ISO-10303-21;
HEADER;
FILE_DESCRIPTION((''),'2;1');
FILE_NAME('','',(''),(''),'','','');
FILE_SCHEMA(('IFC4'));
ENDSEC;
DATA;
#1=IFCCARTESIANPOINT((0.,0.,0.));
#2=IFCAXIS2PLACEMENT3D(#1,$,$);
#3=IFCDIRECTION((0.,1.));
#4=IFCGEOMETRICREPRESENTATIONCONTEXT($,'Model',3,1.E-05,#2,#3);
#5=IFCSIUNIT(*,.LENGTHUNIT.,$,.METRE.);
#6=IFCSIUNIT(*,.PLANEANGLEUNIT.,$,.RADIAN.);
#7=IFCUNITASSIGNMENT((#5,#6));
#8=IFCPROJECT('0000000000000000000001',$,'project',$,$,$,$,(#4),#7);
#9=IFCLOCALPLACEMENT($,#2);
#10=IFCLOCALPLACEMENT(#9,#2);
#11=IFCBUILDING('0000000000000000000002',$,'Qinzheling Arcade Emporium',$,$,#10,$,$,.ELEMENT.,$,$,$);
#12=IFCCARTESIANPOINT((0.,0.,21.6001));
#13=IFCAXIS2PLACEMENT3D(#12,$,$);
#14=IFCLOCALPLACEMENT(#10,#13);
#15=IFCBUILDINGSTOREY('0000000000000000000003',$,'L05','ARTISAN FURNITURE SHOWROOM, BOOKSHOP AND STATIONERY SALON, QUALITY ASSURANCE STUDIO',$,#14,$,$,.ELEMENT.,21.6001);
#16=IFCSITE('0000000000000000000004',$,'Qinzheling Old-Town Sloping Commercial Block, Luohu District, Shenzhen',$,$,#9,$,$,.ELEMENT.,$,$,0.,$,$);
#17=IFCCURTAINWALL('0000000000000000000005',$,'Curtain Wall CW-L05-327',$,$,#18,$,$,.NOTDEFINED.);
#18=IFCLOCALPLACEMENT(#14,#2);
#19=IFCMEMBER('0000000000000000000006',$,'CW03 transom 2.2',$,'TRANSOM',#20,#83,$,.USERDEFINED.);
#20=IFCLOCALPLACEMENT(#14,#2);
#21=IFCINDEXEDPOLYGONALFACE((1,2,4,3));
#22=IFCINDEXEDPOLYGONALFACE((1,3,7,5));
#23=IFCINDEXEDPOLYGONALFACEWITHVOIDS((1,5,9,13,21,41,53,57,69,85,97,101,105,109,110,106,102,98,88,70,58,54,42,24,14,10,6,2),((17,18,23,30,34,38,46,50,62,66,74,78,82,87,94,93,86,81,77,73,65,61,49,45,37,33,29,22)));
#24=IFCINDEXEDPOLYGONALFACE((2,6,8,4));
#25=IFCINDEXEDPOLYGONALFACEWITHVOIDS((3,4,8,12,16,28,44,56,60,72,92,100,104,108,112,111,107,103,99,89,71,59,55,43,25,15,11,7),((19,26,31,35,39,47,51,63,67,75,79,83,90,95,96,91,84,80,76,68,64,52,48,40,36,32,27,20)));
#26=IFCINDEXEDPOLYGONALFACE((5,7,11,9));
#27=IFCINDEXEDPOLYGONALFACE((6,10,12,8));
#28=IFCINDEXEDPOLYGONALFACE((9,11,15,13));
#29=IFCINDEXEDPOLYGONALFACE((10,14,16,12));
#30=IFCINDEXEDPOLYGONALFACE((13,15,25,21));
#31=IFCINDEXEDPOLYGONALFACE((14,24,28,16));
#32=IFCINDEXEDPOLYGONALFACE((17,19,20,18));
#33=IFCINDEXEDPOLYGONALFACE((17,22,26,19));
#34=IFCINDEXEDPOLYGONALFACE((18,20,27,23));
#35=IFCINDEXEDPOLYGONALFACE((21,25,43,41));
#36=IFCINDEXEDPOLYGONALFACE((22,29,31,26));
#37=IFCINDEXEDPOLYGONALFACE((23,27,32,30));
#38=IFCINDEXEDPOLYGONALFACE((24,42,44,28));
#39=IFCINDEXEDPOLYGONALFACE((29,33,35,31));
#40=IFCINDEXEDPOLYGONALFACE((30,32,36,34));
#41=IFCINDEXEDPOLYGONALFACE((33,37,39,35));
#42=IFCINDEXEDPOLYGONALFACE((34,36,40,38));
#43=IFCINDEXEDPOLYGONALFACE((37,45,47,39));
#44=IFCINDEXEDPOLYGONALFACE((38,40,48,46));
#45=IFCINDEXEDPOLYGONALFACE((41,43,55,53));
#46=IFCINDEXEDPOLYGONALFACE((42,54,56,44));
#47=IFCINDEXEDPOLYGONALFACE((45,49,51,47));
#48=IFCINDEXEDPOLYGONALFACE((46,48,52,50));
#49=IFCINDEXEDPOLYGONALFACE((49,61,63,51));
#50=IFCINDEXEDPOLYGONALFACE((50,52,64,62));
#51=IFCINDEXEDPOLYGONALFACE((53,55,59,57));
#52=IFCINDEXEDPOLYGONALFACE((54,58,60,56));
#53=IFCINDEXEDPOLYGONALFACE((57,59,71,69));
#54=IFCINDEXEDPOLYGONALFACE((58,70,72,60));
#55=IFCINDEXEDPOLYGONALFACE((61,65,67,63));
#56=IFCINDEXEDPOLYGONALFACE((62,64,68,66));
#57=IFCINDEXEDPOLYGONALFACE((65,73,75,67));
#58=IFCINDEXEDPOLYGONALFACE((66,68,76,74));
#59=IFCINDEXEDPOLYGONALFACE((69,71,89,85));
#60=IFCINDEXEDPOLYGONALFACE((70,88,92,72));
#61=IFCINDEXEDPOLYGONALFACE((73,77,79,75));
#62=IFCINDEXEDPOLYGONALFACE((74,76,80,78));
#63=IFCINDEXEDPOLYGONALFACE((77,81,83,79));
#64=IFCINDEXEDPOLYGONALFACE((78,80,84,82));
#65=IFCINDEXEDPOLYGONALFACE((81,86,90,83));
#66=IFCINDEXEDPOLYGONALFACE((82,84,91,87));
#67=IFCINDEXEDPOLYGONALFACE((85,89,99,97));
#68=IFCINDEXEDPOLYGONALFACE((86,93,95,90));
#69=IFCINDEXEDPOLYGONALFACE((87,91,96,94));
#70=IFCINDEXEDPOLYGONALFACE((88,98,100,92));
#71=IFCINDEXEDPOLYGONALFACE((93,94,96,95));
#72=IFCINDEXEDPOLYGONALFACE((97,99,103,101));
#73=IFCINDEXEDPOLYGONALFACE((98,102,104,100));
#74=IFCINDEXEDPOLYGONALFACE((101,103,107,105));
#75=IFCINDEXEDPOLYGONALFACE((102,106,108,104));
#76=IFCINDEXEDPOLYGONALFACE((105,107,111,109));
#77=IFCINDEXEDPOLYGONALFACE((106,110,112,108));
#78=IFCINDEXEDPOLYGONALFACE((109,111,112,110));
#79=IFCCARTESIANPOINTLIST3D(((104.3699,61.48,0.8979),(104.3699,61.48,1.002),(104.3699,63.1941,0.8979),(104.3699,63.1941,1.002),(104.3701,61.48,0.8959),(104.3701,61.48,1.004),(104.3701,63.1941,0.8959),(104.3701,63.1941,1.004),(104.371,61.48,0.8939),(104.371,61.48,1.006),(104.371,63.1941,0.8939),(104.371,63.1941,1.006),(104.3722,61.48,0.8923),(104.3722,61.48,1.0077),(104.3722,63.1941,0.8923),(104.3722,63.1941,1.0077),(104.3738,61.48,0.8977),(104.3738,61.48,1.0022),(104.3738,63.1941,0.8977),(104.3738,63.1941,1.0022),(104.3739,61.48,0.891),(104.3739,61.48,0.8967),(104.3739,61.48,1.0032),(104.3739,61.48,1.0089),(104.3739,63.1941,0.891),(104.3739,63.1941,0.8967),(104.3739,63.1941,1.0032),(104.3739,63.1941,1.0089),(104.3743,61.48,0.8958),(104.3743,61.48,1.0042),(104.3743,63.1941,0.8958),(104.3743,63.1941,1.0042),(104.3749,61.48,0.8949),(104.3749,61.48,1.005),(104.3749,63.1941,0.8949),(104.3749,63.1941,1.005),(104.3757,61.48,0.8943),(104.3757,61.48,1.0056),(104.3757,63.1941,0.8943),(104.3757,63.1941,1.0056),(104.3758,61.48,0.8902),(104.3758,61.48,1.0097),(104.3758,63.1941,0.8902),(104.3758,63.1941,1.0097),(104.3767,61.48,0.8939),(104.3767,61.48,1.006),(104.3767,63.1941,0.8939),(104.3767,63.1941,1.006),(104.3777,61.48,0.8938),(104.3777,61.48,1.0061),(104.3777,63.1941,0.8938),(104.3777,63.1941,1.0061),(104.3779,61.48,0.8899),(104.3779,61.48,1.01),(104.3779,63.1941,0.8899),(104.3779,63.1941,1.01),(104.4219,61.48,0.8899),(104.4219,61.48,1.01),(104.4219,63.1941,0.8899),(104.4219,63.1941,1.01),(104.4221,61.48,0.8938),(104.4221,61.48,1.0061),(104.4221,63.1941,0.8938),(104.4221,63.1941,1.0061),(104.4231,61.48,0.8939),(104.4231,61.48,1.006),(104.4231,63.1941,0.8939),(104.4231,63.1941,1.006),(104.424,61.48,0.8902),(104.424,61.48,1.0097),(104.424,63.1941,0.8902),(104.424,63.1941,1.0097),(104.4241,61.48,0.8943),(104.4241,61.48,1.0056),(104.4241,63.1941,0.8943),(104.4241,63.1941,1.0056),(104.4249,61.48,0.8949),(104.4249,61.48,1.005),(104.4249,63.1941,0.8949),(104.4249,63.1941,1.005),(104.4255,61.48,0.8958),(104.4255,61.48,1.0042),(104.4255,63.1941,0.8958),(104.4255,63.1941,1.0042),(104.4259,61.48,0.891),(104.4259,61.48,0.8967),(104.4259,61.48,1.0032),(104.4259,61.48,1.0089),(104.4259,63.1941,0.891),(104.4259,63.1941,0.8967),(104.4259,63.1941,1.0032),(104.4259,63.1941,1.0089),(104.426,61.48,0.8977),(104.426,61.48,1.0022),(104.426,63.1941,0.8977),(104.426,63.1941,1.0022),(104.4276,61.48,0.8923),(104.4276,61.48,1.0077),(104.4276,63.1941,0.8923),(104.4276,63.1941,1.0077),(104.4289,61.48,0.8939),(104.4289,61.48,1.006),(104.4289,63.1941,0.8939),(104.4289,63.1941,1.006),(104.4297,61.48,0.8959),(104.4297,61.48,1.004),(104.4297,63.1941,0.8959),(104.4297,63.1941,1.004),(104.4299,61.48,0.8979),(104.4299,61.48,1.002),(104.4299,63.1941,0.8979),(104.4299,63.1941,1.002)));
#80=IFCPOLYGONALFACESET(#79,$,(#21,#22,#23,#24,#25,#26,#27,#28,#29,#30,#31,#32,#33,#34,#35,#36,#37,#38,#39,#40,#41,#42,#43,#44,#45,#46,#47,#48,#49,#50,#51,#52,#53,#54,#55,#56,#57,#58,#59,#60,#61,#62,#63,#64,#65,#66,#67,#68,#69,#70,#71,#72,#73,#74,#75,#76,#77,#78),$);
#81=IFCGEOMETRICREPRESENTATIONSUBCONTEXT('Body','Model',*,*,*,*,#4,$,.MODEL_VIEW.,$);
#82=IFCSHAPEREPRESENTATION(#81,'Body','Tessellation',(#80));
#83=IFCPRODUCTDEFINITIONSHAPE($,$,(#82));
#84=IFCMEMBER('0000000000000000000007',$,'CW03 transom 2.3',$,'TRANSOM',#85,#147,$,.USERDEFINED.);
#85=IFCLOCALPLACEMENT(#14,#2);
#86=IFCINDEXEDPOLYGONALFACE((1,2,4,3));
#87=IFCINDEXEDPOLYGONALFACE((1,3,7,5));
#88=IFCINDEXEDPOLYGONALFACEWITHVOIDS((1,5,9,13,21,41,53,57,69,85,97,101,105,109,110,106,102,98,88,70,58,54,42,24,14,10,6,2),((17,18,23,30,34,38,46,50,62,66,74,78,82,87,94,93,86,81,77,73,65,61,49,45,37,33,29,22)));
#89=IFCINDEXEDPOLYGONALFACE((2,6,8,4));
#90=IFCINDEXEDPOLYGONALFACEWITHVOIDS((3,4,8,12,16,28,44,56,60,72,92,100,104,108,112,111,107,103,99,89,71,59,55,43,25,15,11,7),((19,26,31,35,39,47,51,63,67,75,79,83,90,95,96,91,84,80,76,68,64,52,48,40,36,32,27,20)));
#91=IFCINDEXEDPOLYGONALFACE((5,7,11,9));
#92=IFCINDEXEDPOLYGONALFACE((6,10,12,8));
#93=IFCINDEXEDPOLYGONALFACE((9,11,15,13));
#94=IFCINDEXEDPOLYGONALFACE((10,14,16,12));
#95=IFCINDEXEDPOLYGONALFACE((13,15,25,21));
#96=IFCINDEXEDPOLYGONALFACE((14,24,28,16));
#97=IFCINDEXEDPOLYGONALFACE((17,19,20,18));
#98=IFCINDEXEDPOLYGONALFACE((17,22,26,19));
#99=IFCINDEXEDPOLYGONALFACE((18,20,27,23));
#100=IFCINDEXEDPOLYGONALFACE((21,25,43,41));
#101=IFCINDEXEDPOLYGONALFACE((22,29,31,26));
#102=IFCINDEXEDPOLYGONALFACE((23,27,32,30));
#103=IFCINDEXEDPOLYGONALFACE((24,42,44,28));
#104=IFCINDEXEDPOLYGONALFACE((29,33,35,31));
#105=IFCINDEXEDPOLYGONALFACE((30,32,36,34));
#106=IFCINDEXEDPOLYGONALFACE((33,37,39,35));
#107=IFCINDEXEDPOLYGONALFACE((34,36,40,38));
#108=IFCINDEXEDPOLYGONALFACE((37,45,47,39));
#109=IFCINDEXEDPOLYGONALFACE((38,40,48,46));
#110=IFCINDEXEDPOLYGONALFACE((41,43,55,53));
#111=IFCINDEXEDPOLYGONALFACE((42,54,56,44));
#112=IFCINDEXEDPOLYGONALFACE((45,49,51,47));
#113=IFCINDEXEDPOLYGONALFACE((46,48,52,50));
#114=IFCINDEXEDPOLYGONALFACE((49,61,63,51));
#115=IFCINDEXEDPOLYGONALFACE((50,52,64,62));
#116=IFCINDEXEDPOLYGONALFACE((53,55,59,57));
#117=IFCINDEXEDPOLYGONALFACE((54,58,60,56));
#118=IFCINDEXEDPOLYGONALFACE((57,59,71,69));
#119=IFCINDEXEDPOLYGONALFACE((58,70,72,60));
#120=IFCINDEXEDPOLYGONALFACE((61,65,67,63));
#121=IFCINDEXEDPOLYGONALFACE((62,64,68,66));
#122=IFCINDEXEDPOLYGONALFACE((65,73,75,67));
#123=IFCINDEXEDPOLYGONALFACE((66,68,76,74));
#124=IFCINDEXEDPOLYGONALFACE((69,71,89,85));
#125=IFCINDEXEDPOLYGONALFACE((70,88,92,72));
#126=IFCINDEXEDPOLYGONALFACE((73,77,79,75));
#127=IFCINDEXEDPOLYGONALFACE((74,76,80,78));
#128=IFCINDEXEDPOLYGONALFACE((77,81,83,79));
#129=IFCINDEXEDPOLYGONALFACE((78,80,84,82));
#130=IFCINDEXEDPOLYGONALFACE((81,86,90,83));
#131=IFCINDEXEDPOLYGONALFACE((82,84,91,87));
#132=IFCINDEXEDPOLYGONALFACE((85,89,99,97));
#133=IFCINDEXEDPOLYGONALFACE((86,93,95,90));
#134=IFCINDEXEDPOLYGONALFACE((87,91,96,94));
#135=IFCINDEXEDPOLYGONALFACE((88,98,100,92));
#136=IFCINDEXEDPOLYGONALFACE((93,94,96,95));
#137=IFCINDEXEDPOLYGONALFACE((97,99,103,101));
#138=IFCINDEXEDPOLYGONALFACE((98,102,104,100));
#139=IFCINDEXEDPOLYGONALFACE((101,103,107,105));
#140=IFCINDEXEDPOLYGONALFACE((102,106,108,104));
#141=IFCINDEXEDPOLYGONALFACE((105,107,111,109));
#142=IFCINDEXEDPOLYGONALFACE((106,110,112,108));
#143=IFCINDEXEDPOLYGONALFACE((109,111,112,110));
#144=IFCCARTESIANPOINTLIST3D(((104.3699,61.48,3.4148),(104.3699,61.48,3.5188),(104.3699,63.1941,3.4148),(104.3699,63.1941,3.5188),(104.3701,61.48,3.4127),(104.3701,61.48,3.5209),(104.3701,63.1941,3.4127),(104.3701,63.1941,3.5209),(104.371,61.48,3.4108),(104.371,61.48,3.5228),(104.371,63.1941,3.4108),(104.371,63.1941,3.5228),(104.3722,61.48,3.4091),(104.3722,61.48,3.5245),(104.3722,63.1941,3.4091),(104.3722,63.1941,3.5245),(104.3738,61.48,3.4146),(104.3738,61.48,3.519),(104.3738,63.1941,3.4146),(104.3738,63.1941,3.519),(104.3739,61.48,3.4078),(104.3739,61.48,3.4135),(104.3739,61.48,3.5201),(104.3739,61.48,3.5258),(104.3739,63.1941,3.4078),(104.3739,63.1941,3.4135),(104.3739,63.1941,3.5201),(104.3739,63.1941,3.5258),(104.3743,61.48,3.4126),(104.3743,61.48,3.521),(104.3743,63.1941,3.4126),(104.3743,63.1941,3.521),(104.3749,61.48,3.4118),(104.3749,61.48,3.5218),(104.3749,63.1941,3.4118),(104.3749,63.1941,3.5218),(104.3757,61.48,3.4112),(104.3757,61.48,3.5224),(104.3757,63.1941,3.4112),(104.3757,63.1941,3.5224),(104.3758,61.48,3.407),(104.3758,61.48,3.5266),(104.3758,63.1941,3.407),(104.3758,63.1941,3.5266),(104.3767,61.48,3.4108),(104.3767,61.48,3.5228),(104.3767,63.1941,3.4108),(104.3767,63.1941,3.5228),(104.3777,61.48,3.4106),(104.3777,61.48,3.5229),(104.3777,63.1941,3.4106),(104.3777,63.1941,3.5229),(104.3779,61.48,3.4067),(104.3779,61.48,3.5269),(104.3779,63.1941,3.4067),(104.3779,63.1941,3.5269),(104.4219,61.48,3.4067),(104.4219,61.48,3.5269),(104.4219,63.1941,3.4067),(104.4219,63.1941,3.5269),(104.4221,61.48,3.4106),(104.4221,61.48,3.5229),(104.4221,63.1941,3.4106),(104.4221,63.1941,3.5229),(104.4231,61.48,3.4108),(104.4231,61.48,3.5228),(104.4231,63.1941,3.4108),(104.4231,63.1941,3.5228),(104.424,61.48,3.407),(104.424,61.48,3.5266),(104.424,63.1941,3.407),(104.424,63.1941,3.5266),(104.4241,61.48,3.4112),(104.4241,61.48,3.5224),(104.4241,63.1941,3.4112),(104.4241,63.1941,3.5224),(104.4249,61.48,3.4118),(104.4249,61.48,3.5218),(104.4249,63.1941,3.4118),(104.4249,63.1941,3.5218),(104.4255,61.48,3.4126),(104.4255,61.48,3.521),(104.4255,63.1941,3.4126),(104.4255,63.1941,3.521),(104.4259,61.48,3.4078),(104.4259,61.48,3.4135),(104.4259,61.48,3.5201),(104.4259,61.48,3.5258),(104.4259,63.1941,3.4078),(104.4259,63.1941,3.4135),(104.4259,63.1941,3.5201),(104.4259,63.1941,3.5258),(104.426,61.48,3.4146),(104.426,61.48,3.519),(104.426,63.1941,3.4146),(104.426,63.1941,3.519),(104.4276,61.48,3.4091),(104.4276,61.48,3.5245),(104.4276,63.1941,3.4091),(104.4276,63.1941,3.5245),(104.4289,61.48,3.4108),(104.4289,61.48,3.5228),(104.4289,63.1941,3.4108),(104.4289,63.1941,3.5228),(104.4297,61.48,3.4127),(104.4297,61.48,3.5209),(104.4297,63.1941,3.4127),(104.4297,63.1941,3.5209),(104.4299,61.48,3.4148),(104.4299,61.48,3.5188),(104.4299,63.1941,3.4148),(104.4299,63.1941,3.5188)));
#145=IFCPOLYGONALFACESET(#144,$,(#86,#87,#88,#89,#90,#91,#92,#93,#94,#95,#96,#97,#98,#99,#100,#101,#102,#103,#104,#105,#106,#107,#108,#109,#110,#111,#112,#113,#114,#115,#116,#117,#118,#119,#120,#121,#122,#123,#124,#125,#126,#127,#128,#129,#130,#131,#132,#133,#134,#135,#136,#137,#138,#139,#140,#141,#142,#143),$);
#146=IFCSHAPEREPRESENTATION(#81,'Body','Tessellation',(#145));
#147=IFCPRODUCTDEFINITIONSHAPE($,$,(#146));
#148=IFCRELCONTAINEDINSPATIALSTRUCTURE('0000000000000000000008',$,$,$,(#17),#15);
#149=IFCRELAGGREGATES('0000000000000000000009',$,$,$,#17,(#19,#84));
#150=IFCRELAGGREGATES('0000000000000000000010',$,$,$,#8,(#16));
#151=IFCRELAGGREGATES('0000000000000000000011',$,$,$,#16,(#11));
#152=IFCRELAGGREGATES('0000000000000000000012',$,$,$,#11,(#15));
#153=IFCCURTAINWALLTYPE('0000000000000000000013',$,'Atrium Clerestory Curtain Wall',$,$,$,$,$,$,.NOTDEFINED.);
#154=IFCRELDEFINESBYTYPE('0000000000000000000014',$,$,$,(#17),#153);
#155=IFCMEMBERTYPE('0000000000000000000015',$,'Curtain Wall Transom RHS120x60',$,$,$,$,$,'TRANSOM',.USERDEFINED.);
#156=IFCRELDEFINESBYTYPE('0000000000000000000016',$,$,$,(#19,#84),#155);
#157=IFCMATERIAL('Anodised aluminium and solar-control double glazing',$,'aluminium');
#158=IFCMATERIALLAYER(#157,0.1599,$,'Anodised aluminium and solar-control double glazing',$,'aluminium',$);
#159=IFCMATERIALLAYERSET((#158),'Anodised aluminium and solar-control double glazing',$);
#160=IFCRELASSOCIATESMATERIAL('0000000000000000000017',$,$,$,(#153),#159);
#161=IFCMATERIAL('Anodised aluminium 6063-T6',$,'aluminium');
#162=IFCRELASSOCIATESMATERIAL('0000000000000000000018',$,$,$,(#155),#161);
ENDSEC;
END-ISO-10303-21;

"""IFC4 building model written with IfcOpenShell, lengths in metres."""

from ifc_helpers import new_model, si_unit, direction, frame, origin, origin_2d, place, context, subcontext, project, spatial, hollow_rectangle, extrude, material, layer, layer_set, material_profile, profile_set, type_object, element, aggregate, save


model = new_model("IFC4")

# Units and contexts
model_context = context("Model", 3, precision=1e-05, world=origin(), true_north=direction((0.0, 1.0)))
body_context = subcontext(model_context, "Body", "Model", "MODEL_VIEW")
ifc_project = project(units=[si_unit("LENGTHUNIT", "METRE"), si_unit("PLANEANGLEUNIT", "RADIAN")], contexts=[model_context])

# Site, building, storey
site_placement = place(None, origin())
site = spatial("IfcSite", under=ifc_project, at=site_placement, Name="Qinzheling Old-Town Sloping Commercial Block, Luohu District, Shenzhen", CompositionType="ELEMENT", RefElevation=0.0)
building_placement = place(site_placement, origin())
building = spatial("IfcBuilding", under=site, at=building_placement, Name="Qinzheling Arcade Emporium", CompositionType="ELEMENT")
storey_placement = place(building_placement, frame((0.0, 0.0, 21.6001)))
storey = spatial("IfcBuildingStorey", under=building, at=storey_placement, Name="L05", Description="ARTISAN FURNITURE SHOWROOM, BOOKSHOP AND STATIONERY SALON, QUALITY ASSURANCE STUDIO", CompositionType="ELEMENT", Elevation=21.6001)

# Curtain wall
ifc_material_1 = material(Name="Anodised aluminium and solar-control double glazing", Category="aluminium")
ifc_layer_1 = layer(ifc_material_1, 0.1599, Name="Anodised aluminium and solar-control double glazing", Category="aluminium")
ifc_layer_set_1 = layer_set([ifc_layer_1], Name="Anodised aluminium and solar-control double glazing")
curtain_wall_type = type_object("IfcCurtainWallType", Name="Atrium Clerestory Curtain Wall", PredefinedType="NOTDEFINED", material=ifc_layer_set_1)
curtain_wall_1_placement = place(storey_placement, origin())
curtain_wall_1 = element("IfcCurtainWall", 1, at=curtain_wall_1_placement, inside=storey, type_object=curtain_wall_type, Name="Curtain Wall CW-L05-327", PredefinedType="NOTDEFINED")
ifc_material_2 = material(Name="Anodised aluminium 6063-T6", Category="aluminium")

# Members
ifc_material_profile_1 = material_profile(ifc_material_2, hollow_rectangle(XDim=0.0601, YDim=0.1201, WallThickness=0.0039, InnerFilletRadius=0.0039, OuterFilletRadius=0.0081, at=origin_2d()), Name="RHS 120x60x4", Category="aluminium")
ifc_profile_set_1 = profile_set([ifc_material_profile_1], Name="Anodised aluminium 6063-T6")
member_type_1 = type_object("IfcMemberType", Name="Curtain Wall Transom RHS120x60", ElementType="TRANSOM", PredefinedType="USERDEFINED", material=ifc_profile_set_1)
member_1_placement = place(storey_placement, frame((104.3999, 63.1941, 0.95), z_axis=(0.0, -1.0, 0.0), x_axis=(1.0, 0.0, 0.0)))
member_1 = element("IfcMember", 2, at=member_1_placement, type_object=member_type_1, Name="CW03 transom 2.2", ObjectType="TRANSOM", PredefinedType="USERDEFINED", context=body_context, shape_type="SweptSolid", body=[
    extrude(hollow_rectangle(XDim=0.0601, YDim=0.1201, WallThickness=0.0039, InnerFilletRadius=0.0039, OuterFilletRadius=0.0081, at=origin_2d()), origin(), (0.0, 0.0, 1.0), 1.7141),
])
member_2_placement = place(storey_placement, frame((104.3999, 63.1941, 3.4668), z_axis=(0.0, -1.0, 0.0), x_axis=(1.0, 0.0, 0.0)))
member_2 = element("IfcMember", 3, at=member_2_placement, type_object=member_type_1, Name="CW03 transom 2.3", ObjectType="TRANSOM", PredefinedType="USERDEFINED", context=body_context, shape_type="SweptSolid", body=[
    extrude(hollow_rectangle(XDim=0.0601, YDim=0.1201, WallThickness=0.0039, InnerFilletRadius=0.0039, OuterFilletRadius=0.0081, at=origin_2d()), origin(), (0.0, 0.0, 1.0), 1.7141),
])

aggregate(curtain_wall_1, [member_1, member_2])

save(model, "model.ifc")
